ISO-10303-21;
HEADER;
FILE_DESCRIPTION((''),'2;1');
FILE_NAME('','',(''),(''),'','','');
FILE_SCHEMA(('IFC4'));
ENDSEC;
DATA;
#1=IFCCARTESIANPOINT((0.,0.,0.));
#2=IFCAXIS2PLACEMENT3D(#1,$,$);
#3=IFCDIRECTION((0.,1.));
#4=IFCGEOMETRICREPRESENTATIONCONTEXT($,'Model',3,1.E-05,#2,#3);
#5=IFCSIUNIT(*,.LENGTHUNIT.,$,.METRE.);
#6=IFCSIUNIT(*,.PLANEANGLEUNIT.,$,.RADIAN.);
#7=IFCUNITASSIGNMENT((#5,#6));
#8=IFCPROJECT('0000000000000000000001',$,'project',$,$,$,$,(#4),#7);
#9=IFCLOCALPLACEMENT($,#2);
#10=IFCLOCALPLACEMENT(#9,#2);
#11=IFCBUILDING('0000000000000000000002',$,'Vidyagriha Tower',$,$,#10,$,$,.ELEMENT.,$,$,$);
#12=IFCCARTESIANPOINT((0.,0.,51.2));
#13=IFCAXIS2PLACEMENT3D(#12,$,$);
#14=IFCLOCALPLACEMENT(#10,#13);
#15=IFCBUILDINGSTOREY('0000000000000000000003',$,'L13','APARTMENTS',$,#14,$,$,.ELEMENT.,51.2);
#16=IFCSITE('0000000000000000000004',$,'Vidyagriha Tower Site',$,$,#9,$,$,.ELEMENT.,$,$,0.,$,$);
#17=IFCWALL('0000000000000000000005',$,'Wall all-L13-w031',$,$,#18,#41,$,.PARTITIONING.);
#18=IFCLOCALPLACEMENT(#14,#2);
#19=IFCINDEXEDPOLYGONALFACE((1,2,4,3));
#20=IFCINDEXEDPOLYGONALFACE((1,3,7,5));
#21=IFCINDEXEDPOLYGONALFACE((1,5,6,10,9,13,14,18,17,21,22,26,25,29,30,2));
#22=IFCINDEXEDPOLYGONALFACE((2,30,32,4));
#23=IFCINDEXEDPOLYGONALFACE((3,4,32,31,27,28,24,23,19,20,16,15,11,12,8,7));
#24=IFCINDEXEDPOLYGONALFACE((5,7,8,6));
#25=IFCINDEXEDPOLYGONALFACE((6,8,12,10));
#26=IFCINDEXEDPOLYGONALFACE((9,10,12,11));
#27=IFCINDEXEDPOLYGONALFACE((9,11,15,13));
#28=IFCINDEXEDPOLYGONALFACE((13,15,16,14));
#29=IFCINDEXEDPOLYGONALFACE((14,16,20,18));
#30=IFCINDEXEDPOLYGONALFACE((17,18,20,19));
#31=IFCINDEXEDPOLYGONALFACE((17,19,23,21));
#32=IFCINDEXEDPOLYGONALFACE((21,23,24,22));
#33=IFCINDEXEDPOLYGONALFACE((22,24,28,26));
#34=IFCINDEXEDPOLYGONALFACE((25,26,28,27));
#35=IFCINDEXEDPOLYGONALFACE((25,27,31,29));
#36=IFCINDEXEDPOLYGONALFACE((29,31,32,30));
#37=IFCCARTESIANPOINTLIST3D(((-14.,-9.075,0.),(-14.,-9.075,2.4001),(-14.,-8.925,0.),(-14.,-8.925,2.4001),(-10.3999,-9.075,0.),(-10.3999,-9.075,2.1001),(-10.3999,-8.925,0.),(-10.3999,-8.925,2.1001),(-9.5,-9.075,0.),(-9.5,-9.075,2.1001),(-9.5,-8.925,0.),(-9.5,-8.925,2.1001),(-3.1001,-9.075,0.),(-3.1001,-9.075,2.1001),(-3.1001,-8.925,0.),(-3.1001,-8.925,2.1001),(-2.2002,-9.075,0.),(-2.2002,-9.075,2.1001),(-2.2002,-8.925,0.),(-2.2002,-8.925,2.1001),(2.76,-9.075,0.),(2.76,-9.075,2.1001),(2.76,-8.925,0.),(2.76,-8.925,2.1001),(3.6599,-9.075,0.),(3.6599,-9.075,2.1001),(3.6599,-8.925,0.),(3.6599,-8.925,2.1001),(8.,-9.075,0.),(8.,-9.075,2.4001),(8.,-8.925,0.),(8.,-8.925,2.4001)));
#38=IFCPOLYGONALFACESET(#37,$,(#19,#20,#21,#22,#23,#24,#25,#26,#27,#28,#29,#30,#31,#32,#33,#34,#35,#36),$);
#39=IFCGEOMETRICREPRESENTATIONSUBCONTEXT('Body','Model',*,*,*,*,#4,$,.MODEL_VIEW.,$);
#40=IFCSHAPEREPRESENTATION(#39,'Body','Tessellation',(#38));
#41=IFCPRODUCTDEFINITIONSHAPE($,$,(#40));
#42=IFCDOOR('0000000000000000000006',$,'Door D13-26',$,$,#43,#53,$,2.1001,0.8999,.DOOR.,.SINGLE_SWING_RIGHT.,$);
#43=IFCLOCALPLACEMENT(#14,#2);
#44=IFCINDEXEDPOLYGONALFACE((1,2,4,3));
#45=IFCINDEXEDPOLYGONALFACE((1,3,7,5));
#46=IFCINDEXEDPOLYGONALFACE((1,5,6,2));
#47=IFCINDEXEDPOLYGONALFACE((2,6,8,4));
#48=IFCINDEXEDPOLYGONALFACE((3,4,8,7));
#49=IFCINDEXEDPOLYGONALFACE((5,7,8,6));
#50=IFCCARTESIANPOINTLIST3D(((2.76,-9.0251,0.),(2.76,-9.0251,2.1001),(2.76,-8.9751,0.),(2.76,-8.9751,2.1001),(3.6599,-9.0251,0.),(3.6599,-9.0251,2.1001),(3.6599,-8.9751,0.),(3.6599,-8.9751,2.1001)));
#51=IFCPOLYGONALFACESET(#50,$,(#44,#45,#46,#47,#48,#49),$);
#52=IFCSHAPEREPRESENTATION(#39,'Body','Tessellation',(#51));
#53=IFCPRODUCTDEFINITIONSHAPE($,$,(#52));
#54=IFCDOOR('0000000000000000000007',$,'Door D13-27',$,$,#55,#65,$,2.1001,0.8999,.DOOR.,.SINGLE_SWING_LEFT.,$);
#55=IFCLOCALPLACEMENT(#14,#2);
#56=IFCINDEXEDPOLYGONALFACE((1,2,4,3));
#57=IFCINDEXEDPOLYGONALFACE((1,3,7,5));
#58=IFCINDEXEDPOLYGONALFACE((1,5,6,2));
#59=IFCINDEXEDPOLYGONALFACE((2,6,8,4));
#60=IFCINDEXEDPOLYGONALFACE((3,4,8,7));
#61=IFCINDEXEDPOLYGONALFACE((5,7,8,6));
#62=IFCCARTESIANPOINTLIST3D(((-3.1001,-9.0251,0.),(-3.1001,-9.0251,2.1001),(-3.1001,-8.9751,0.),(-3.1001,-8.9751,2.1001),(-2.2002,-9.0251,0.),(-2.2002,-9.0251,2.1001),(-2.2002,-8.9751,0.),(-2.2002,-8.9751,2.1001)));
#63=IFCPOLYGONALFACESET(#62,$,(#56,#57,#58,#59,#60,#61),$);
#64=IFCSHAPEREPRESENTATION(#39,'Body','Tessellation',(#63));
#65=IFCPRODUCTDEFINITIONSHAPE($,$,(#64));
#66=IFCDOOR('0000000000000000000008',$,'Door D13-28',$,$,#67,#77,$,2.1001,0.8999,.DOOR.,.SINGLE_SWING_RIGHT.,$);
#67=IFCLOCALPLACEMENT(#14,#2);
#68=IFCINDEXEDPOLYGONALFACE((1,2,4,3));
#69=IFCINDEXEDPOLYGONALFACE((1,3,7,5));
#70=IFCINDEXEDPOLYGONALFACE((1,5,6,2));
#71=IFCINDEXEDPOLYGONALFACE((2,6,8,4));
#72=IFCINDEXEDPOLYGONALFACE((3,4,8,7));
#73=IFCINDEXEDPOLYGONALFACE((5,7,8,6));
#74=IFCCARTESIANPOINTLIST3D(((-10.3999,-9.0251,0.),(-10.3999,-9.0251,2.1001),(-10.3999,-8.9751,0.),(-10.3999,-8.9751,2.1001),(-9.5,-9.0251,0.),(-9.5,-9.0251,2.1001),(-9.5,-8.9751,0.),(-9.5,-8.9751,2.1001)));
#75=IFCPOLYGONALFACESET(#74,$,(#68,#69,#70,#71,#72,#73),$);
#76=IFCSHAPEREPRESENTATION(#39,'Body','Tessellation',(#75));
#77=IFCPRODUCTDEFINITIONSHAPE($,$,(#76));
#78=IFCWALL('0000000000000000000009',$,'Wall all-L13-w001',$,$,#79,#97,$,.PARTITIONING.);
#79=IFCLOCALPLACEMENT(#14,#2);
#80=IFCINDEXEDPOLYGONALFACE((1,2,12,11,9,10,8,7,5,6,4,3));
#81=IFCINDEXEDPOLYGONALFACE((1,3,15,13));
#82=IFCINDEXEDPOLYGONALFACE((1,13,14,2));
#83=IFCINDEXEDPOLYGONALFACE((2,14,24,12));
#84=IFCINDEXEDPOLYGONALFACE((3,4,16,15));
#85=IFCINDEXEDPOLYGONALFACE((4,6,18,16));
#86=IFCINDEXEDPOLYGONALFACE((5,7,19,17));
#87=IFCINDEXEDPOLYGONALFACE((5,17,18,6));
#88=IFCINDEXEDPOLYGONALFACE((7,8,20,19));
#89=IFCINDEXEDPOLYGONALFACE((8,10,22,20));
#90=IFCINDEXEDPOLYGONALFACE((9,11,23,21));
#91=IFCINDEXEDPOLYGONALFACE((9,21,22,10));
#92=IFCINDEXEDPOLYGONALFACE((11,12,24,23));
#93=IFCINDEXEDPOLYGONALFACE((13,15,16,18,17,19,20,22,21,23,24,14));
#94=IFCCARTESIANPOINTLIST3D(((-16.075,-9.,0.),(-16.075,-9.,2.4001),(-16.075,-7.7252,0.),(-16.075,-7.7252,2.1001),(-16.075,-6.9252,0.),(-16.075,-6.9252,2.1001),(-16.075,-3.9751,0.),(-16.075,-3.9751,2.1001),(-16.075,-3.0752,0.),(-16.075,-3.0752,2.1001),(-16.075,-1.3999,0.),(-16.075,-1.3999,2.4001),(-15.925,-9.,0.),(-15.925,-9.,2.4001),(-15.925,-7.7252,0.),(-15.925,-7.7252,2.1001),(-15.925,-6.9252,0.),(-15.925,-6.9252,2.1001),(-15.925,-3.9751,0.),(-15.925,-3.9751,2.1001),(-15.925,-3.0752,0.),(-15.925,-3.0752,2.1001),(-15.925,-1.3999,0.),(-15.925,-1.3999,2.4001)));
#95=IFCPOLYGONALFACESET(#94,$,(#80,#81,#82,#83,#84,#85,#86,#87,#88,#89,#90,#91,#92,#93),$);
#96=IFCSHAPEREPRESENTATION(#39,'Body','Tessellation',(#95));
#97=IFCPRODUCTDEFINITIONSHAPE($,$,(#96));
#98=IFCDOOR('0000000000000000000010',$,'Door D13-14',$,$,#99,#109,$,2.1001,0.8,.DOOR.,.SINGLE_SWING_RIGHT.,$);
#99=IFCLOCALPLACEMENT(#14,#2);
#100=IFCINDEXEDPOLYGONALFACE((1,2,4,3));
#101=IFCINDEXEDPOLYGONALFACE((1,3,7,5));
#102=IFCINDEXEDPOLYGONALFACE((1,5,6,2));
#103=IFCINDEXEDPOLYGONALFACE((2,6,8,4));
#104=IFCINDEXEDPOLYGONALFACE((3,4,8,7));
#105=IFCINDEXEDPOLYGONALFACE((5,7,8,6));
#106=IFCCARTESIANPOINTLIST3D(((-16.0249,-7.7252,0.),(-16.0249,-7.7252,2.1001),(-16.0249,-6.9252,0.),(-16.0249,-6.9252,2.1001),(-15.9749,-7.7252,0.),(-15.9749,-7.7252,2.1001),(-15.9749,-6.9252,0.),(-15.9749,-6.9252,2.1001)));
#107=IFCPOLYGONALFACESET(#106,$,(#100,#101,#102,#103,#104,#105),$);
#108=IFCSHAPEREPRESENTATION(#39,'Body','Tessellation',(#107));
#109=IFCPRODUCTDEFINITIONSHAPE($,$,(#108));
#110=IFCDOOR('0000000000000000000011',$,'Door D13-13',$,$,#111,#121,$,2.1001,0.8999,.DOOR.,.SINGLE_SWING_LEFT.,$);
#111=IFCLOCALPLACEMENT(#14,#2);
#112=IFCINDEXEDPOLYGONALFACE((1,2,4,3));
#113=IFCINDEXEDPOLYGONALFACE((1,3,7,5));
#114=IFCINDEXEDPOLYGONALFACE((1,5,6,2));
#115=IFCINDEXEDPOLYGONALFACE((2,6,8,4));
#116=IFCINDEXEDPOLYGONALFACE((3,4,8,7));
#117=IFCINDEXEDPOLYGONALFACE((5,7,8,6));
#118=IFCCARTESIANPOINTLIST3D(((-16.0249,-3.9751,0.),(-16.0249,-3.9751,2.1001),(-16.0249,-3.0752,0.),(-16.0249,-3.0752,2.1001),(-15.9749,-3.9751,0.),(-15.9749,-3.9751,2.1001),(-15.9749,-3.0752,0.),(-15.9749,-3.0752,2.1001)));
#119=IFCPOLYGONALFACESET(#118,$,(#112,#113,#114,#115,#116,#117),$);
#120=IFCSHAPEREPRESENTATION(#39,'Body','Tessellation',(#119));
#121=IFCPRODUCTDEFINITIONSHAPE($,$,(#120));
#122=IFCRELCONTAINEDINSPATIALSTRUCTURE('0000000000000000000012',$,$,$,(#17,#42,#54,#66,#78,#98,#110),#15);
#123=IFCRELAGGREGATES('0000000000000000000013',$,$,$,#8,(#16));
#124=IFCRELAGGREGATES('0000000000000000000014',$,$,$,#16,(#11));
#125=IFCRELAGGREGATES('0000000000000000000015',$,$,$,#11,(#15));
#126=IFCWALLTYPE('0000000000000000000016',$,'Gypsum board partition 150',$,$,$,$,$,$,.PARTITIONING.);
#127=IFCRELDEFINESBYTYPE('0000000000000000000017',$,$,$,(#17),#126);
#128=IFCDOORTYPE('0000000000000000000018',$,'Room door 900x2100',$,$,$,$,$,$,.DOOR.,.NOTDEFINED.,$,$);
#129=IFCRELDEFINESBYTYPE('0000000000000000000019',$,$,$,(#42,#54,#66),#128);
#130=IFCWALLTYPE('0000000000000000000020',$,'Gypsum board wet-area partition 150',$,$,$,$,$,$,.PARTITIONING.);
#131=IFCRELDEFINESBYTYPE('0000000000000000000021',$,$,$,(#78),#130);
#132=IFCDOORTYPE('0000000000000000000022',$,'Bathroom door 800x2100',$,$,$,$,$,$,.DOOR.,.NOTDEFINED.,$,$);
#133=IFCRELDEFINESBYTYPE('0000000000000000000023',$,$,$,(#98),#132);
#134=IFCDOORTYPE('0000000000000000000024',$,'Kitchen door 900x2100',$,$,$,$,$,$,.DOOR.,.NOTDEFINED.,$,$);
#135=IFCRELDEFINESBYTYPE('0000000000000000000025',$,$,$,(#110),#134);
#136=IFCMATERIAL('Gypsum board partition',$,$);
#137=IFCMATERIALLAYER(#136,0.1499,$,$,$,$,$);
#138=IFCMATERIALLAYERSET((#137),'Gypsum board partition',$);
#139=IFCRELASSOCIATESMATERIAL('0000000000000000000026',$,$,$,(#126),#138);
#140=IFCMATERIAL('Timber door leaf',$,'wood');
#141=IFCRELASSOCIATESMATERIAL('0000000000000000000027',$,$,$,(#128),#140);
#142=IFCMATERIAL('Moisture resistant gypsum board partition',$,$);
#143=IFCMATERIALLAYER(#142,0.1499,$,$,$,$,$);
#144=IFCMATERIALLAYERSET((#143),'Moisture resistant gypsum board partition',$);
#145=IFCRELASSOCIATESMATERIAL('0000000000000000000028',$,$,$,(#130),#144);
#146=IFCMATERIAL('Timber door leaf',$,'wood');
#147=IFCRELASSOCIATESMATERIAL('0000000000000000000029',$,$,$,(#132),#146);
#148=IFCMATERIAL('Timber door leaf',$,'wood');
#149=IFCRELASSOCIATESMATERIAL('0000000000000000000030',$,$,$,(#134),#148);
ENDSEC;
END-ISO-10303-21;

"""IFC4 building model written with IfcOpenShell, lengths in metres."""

from ifc_helpers import new_model, si_unit, direction, frame, frame_2d, origin, place, context, subcontext, project, spatial, rectangle, extrude, material, layer, layer_set, type_object, element, fill, save


model = new_model("IFC4")

# Units and contexts
model_context = context("Model", 3, precision=1e-05, world=origin(), true_north=direction((0.0, 1.0)))
body_context = subcontext(model_context, "Body", "Model", "MODEL_VIEW")
ifc_project = project(units=[si_unit("LENGTHUNIT", "METRE"), si_unit("PLANEANGLEUNIT", "RADIAN")], contexts=[model_context])

# Site, building, storey
site_placement = place(None, origin())
site = spatial("IfcSite", under=ifc_project, at=site_placement, Name="Vidyagriha Tower Site", CompositionType="ELEMENT", RefElevation=0.0)
building_placement = place(site_placement, origin())
building = spatial("IfcBuilding", under=site, at=building_placement, Name="Vidyagriha Tower", CompositionType="ELEMENT")
storey_placement = place(building_placement, frame((0.0, 0.0, 51.2)))
storey = spatial("IfcBuildingStorey", under=building, at=storey_placement, Name="L13", Description="APARTMENTS", CompositionType="ELEMENT", Elevation=51.2)

# Shared definitions
ifc_material_1 = material(Name="Gypsum board partition")
ifc_layer_1 = layer(ifc_material_1, 0.1499)
ifc_layer_set_1 = layer_set([ifc_layer_1], Name="Gypsum board partition")
wall_type_1 = type_object("IfcWallType", Name="Gypsum board partition 150", PredefinedType="PARTITIONING", material=ifc_layer_set_1)

# Shared definitions
ifc_material_2 = material(Name="Timber door leaf", Category="wood")
door_type_1 = type_object("IfcDoorType", Name="Room door 900x2100", OperationType="NOTDEFINED", PredefinedType="DOOR", material=ifc_material_2)

# Walls, openings, doors
wall_1_placement = place(storey_placement, frame((-14.0, -9.0, 0.0)))
wall_1 = element("IfcWall", 1, at=wall_1_placement, inside=storey, type_object=wall_type_1, Name="Wall all-L13-w031", PredefinedType="PARTITIONING", context=body_context, shape_type="SweptSolid", body=[
    extrude(rectangle(XDim=22.0, YDim=0.1499, at=frame_2d((11.0, 0.0))), origin(), (0.0, 0.0, 1.0), 2.4001),
])
opening_1_placement = place(wall_1_placement, frame((16.76, 0.0, 0.0)))
opening_1 = element("IfcOpeningElement", 2, at=opening_1_placement, cuts=wall_1, PredefinedType="OPENING", context=body_context, shape_type="SweptSolid", body=[
    extrude(rectangle(XDim=0.8999, YDim=2.1001, at=frame_2d((0.45, 1.05))), frame((0.0, 0.085, 0.0), z_axis=(0.0, -1.0, 0.0), x_axis=(1.0, 0.0, 0.0)), (0.0, 0.0, 1.0), 0.1699),
])
opening_2_placement = place(wall_1_placement, frame((10.8999, 0.0, 0.0)))
opening_2 = element("IfcOpeningElement", 3, at=opening_2_placement, cuts=wall_1, PredefinedType="OPENING", context=body_context, shape_type="SweptSolid", body=[
    extrude(rectangle(XDim=0.8999, YDim=2.1001, at=frame_2d((0.45, 1.05))), frame((0.0, 0.085, 0.0), z_axis=(0.0, -1.0, 0.0), x_axis=(1.0, 0.0, 0.0)), (0.0, 0.0, 1.0), 0.1699),
])
opening_3_placement = place(wall_1_placement, frame((3.6001, 0.0, 0.0)))
opening_3 = element("IfcOpeningElement", 4, at=opening_3_placement, cuts=wall_1, PredefinedType="OPENING", context=body_context, shape_type="SweptSolid", body=[
    extrude(rectangle(XDim=0.8999, YDim=2.1001, at=frame_2d((0.45, 1.05))), frame((0.0, 0.085, 0.0), z_axis=(0.0, -1.0, 0.0), x_axis=(1.0, 0.0, 0.0)), (0.0, 0.0, 1.0), 0.1699),
])
door_1_placement = place(opening_1_placement, origin())
door_1 = element("IfcDoor", 5, at=door_1_placement, inside=storey, type_object=door_type_1, Name="Door D13-26", OperationType="SINGLE_SWING_RIGHT", OverallHeight=2.1001, OverallWidth=0.8999, PredefinedType="DOOR", context=body_context, shape_type="SweptSolid", body=[
    extrude(rectangle(XDim=0.8999, YDim=2.1001, at=frame_2d((0.45, 1.05))), frame((0.0, 0.0249, 0.0), z_axis=(0.0, -1.0, 0.0), x_axis=(1.0, 0.0, 0.0)), (0.0, 0.0, 1.0), 0.05),
])
fill(opening_1, door_1)
door_2_placement = place(opening_2_placement, origin())
door_2 = element("IfcDoor", 6, at=door_2_placement, inside=storey, type_object=door_type_1, Name="Door D13-27", OperationType="SINGLE_SWING_LEFT", OverallHeight=2.1001, OverallWidth=0.8999, PredefinedType="DOOR", context=body_context, shape_type="SweptSolid", body=[
    extrude(rectangle(XDim=0.8999, YDim=2.1001, at=frame_2d((0.45, 1.05))), frame((0.0, 0.0249, 0.0), z_axis=(0.0, -1.0, 0.0), x_axis=(1.0, 0.0, 0.0)), (0.0, 0.0, 1.0), 0.05),
])
fill(opening_2, door_2)
door_3_placement = place(opening_3_placement, origin())
door_3 = element("IfcDoor", 7, at=door_3_placement, inside=storey, type_object=door_type_1, Name="Door D13-28", OperationType="SINGLE_SWING_RIGHT", OverallHeight=2.1001, OverallWidth=0.8999, PredefinedType="DOOR", context=body_context, shape_type="SweptSolid", body=[
    extrude(rectangle(XDim=0.8999, YDim=2.1001, at=frame_2d((0.45, 1.05))), frame((0.0, 0.0249, 0.0), z_axis=(0.0, -1.0, 0.0), x_axis=(1.0, 0.0, 0.0)), (0.0, 0.0, 1.0), 0.05),
])
fill(opening_3, door_3)
ifc_material_3 = material(Name="Moisture resistant gypsum board partition")
ifc_layer_2 = layer(ifc_material_3, 0.1499)
ifc_layer_set_2 = layer_set([ifc_layer_2], Name="Moisture resistant gypsum board partition")
wall_type_2 = type_object("IfcWallType", Name="Gypsum board wet-area partition 150", PredefinedType="PARTITIONING", material=ifc_layer_set_2)
wall_2_placement = place(storey_placement, frame((-16.0, -9.0, 0.0), z_axis=(0.0, 0.0, 1.0), x_axis=(0.0, 1.0, 0.0)))
wall_2 = element("IfcWall", 8, at=wall_2_placement, inside=storey, type_object=wall_type_2, Name="Wall all-L13-w001", PredefinedType="PARTITIONING", context=body_context, shape_type="SweptSolid", body=[
    extrude(rectangle(XDim=7.6001, YDim=0.1499, at=frame_2d((3.8, 0.0))), origin(), (0.0, 0.0, 1.0), 2.4001),
])
opening_4_placement = place(wall_2_placement, frame((5.0249, 0.0, 0.0)))
opening_4 = element("IfcOpeningElement", 9, at=opening_4_placement, cuts=wall_2, PredefinedType="OPENING", context=body_context, shape_type="SweptSolid", body=[
    extrude(rectangle(XDim=0.8999, YDim=2.1001, at=frame_2d((0.45, 1.05))), frame((0.0, 0.085, 0.0), z_axis=(0.0, -1.0, 0.0), x_axis=(1.0, 0.0, 0.0)), (0.0, 0.0, 1.0), 0.1699),
])
opening_5_placement = place(wall_2_placement, frame((1.2749, 0.0, 0.0)))
opening_5 = element("IfcOpeningElement", 10, at=opening_5_placement, cuts=wall_2, PredefinedType="OPENING", context=body_context, shape_type="SweptSolid", body=[
    extrude(rectangle(XDim=0.8, YDim=2.1001, at=frame_2d((0.3999, 1.05))), frame((0.0, 0.085, 0.0), z_axis=(0.0, -1.0, 0.0), x_axis=(1.0, 0.0, 0.0)), (0.0, 0.0, 1.0), 0.1699),
])
ifc_material_4 = material(Name="Timber door leaf", Category="wood")
door_type_2 = type_object("IfcDoorType", Name="Bathroom door 800x2100", OperationType="NOTDEFINED", PredefinedType="DOOR", material=ifc_material_4)
door_4_placement = place(opening_5_placement, origin())
door_4 = element("IfcDoor", 11, at=door_4_placement, inside=storey, type_object=door_type_2, Name="Door D13-14", OperationType="SINGLE_SWING_RIGHT", OverallHeight=2.1001, OverallWidth=0.8, PredefinedType="DOOR", context=body_context, shape_type="SweptSolid", body=[
    extrude(rectangle(XDim=0.8, YDim=2.1001, at=frame_2d((0.3999, 1.05))), frame((0.0, 0.0249, 0.0), z_axis=(0.0, -1.0, 0.0), x_axis=(1.0, 0.0, 0.0)), (0.0, 0.0, 1.0), 0.05),
])
fill(opening_5, door_4)
ifc_material_5 = material(Name="Timber door leaf", Category="wood")
door_type_3 = type_object("IfcDoorType", Name="Kitchen door 900x2100", OperationType="NOTDEFINED", PredefinedType="DOOR", material=ifc_material_5)
door_5_placement = place(opening_4_placement, origin())
door_5 = element("IfcDoor", 12, at=door_5_placement, inside=storey, type_object=door_type_3, Name="Door D13-13", OperationType="SINGLE_SWING_LEFT", OverallHeight=2.1001, OverallWidth=0.8999, PredefinedType="DOOR", context=body_context, shape_type="SweptSolid", body=[
    extrude(rectangle(XDim=0.8999, YDim=2.1001, at=frame_2d((0.45, 1.05))), frame((0.0, 0.0249, 0.0), z_axis=(0.0, -1.0, 0.0), x_axis=(1.0, 0.0, 0.0)), (0.0, 0.0, 1.0), 0.05),
])
fill(opening_4, door_5)

save(model, "model.ifc")
